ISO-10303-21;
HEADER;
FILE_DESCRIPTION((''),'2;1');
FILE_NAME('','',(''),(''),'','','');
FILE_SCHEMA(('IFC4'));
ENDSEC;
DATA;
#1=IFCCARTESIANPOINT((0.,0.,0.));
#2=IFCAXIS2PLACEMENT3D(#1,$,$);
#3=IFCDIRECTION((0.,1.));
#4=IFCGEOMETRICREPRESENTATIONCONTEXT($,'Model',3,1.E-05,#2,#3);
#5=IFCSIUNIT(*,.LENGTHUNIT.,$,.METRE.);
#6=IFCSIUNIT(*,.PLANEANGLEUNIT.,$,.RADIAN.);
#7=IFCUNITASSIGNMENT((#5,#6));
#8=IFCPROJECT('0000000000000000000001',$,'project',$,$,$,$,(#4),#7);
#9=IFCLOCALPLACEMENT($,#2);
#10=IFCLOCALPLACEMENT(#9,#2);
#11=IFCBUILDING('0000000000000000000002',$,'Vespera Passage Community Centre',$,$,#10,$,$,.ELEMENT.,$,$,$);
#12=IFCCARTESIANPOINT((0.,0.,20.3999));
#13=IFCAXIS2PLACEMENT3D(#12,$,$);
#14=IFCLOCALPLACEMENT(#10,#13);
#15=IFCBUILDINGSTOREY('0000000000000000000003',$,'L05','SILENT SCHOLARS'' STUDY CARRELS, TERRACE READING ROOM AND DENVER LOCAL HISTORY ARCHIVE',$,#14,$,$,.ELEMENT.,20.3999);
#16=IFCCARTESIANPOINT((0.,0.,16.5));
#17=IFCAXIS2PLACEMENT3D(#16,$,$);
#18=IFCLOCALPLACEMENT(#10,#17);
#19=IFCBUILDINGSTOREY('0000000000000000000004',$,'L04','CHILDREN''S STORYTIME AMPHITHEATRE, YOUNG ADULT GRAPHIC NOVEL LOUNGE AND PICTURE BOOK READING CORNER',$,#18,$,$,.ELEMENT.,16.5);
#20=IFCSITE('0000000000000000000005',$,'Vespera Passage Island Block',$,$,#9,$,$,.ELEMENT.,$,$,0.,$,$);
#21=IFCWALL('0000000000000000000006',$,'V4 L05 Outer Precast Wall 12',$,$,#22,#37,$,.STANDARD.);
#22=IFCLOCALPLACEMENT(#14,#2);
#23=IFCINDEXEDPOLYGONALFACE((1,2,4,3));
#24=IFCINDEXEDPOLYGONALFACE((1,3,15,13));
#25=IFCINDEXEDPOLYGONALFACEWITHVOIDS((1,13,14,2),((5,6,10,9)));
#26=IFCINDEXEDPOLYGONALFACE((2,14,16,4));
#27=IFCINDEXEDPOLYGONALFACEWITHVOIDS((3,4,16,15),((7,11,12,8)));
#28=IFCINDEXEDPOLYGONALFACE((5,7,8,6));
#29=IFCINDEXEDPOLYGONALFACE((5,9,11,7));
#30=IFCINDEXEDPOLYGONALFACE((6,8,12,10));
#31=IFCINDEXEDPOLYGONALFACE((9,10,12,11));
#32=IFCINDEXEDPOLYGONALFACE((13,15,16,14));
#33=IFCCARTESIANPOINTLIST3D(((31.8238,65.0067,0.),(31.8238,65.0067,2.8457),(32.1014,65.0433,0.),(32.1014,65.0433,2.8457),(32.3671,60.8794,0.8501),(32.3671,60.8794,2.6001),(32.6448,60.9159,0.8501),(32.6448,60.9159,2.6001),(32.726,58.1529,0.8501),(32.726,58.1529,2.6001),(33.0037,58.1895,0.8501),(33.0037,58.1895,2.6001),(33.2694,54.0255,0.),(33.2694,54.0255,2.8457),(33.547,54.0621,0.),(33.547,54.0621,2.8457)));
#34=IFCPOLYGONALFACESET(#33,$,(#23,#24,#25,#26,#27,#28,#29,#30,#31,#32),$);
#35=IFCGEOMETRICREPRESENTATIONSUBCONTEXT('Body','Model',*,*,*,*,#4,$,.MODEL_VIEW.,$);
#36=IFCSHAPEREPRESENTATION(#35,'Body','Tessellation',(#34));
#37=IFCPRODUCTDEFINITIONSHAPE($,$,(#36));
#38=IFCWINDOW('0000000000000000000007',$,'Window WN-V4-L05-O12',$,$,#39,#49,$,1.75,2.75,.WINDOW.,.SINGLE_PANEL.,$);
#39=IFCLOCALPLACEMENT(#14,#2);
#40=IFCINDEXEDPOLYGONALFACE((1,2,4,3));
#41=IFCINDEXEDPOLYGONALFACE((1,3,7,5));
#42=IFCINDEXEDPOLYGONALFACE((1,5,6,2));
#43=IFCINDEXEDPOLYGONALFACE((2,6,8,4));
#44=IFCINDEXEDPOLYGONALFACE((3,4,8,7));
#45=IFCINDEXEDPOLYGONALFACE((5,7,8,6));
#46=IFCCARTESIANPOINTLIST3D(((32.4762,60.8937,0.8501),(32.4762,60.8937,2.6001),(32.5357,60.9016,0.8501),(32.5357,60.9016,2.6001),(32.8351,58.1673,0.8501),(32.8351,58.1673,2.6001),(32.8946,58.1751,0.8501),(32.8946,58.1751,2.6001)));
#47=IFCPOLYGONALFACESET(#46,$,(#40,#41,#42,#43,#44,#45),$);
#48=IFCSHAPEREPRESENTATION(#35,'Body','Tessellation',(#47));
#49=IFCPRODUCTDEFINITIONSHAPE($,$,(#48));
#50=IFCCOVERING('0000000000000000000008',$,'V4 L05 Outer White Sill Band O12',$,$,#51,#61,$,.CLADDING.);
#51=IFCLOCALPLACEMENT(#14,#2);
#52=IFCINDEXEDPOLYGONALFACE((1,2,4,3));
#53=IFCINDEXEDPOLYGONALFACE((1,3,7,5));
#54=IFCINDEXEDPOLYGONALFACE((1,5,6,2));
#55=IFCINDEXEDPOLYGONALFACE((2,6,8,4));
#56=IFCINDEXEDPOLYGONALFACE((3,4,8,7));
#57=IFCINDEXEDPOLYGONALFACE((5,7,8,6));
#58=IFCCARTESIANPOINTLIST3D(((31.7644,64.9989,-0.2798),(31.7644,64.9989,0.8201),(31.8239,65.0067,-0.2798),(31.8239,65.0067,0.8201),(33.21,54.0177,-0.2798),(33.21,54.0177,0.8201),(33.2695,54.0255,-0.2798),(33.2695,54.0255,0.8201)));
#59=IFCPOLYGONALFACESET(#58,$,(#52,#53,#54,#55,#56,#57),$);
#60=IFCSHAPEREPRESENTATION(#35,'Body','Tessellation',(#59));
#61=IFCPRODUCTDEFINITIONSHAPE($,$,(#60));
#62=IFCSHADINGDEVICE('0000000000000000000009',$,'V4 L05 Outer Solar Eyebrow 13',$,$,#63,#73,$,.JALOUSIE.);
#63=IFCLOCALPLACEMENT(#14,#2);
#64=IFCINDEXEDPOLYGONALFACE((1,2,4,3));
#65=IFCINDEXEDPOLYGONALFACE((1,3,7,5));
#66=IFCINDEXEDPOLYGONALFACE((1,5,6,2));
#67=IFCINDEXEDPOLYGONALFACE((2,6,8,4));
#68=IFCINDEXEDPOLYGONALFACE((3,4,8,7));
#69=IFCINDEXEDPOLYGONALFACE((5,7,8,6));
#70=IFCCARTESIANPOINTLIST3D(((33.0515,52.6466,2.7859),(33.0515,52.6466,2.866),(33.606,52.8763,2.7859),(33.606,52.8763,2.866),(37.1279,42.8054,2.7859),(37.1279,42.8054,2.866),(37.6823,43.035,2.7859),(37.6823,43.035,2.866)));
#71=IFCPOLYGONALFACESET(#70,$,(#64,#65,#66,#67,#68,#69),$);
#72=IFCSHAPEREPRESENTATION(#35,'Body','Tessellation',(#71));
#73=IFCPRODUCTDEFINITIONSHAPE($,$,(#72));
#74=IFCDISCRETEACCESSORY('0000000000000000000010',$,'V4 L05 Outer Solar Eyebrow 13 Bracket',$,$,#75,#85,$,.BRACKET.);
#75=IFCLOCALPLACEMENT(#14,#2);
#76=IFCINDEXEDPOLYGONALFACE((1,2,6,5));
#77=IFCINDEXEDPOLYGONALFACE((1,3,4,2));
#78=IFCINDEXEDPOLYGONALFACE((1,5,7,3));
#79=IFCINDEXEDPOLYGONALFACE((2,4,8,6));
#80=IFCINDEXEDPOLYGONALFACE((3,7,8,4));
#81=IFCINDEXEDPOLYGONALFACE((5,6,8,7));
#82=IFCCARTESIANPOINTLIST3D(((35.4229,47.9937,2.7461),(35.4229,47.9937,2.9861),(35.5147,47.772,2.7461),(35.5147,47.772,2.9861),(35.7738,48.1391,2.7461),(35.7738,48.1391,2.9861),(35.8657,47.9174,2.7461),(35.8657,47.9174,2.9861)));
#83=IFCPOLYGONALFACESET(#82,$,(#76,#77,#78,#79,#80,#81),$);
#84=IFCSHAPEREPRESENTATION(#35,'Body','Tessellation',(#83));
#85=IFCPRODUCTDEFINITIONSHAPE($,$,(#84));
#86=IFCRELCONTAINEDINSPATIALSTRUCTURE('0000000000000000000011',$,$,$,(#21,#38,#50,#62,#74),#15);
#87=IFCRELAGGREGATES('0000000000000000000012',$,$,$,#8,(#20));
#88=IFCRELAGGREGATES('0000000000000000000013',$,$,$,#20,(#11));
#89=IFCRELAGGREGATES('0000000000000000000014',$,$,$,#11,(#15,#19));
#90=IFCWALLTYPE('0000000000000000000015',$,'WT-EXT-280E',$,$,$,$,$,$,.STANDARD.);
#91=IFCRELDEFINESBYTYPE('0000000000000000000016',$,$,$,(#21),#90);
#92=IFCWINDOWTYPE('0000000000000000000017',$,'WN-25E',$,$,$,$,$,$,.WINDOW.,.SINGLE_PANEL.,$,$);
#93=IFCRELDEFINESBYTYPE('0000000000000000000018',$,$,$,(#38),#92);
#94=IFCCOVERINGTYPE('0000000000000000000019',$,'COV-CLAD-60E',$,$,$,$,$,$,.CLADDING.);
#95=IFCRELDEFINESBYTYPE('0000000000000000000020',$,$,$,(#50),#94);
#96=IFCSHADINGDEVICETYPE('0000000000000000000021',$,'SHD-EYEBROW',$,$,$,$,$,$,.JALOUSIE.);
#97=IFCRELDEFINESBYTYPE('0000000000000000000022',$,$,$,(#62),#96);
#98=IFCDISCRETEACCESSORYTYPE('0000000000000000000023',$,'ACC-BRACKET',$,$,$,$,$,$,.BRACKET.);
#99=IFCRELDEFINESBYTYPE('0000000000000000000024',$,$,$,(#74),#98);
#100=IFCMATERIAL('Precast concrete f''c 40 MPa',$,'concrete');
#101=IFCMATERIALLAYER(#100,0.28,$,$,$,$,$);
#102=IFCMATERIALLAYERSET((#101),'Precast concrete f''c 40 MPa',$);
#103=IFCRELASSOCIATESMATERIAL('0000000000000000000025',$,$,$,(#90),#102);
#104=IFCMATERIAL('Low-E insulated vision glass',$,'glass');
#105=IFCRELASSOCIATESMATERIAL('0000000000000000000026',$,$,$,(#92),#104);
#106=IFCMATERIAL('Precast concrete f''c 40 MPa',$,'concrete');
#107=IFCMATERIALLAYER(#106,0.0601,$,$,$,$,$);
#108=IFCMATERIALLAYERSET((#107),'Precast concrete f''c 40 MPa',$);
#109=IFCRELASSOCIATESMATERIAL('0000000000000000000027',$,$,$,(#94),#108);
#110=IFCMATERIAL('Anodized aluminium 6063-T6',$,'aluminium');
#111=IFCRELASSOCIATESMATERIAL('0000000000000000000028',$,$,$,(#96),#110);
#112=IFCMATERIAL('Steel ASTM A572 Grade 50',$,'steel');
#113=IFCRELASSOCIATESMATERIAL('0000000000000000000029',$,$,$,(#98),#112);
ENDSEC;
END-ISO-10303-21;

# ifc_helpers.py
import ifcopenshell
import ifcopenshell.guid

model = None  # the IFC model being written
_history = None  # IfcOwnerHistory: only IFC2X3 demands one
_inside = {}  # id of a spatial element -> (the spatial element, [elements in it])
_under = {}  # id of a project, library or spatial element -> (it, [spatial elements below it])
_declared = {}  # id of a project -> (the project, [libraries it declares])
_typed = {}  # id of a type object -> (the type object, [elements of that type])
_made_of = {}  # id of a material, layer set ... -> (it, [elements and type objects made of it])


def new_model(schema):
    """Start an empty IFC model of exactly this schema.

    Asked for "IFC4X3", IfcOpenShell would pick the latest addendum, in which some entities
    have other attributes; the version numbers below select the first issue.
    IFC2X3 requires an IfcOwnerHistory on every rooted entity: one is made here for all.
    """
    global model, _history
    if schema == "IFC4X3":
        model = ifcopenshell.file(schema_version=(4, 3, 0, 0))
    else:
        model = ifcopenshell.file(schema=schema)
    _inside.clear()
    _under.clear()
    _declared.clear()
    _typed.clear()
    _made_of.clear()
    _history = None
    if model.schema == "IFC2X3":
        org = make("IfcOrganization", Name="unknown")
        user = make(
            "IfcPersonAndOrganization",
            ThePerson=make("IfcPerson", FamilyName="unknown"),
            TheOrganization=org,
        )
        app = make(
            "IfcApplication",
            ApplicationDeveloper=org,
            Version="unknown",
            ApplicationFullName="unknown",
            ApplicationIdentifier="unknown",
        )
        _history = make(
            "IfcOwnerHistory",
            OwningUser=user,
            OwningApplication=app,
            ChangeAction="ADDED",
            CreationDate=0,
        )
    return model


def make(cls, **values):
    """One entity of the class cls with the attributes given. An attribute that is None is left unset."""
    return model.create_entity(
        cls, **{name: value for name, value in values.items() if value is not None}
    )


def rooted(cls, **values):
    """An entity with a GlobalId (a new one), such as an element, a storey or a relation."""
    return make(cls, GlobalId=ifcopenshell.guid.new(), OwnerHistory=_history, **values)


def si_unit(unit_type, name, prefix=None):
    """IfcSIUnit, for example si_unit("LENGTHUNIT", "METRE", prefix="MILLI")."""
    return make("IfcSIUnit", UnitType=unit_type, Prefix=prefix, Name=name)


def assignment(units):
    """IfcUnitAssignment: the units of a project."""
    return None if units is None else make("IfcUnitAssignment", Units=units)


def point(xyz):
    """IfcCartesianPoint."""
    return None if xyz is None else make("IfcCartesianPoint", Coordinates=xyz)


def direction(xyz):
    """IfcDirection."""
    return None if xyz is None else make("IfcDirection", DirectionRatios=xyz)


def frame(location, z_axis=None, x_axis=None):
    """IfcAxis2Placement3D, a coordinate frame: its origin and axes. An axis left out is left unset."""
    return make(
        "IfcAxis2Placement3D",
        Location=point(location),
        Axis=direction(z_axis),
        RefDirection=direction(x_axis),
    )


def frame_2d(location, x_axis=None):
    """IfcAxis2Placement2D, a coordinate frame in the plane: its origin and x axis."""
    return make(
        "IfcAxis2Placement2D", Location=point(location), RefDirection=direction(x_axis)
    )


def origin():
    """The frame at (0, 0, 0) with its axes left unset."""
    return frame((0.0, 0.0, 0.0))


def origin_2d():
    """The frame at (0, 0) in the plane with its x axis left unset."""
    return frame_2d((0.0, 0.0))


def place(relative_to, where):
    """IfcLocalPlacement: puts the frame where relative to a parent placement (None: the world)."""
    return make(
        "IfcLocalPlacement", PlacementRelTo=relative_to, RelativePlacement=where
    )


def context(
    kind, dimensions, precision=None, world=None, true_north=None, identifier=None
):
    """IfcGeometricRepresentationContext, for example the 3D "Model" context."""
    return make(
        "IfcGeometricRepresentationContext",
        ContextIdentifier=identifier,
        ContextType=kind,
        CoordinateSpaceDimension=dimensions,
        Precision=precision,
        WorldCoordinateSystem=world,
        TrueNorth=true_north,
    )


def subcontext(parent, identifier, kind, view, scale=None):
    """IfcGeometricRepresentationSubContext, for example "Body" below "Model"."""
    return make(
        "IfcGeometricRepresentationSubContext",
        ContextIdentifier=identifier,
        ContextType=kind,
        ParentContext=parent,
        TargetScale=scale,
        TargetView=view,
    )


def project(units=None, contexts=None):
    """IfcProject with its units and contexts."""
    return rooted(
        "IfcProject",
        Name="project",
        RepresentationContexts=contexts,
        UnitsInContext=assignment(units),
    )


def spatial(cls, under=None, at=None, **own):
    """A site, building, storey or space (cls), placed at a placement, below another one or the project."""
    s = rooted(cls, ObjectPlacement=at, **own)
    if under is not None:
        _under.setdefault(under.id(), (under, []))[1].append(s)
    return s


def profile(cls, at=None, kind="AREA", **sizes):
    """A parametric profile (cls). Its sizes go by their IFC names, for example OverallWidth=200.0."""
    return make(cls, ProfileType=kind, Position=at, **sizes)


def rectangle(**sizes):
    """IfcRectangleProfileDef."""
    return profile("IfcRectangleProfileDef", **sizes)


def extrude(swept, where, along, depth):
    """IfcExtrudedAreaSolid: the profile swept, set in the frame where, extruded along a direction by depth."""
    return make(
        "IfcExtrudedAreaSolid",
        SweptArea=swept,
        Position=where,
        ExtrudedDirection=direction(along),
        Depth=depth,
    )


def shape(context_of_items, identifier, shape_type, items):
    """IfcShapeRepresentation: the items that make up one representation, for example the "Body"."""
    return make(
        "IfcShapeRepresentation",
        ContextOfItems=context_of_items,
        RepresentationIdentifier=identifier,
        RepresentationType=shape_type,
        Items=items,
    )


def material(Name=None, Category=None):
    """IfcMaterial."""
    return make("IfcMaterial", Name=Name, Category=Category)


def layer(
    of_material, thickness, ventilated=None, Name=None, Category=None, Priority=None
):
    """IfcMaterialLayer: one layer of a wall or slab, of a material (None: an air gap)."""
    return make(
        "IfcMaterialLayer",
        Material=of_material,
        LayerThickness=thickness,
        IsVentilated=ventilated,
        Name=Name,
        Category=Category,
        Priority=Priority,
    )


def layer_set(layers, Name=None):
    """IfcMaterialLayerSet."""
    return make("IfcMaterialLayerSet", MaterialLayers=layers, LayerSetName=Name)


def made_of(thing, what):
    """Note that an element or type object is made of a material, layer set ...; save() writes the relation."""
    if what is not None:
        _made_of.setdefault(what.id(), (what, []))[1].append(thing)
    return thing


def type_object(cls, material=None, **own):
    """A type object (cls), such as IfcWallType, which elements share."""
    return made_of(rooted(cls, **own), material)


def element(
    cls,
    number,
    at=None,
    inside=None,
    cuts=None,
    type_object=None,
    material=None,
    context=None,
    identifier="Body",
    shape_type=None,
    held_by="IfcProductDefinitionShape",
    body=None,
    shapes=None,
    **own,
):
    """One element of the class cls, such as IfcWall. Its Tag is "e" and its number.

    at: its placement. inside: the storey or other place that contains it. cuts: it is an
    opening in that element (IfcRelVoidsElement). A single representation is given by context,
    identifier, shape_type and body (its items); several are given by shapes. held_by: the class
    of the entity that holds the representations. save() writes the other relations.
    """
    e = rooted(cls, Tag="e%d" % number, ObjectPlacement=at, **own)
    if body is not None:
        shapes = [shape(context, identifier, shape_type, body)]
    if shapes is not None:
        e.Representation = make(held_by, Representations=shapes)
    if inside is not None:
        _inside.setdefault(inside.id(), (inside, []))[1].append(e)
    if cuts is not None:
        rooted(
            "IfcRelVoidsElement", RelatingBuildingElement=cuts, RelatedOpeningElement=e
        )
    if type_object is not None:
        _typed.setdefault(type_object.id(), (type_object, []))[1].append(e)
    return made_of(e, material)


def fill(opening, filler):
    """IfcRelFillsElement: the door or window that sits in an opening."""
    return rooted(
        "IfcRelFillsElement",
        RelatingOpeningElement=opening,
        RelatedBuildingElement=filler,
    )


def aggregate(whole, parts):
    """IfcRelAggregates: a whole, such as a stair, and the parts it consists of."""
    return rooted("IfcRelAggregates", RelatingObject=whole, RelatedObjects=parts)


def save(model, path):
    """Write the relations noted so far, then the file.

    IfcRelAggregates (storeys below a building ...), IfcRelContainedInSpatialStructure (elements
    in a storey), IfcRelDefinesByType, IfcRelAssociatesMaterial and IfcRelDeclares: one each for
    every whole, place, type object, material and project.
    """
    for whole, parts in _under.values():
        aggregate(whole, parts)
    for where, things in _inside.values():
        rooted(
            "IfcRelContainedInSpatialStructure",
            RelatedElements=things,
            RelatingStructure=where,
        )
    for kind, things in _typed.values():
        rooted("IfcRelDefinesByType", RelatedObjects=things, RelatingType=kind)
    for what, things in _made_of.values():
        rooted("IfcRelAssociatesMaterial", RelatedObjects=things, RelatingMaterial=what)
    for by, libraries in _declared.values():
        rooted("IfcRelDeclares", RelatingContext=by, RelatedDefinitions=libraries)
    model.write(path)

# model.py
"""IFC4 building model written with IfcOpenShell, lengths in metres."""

from ifc_helpers import new_model, si_unit, direction, frame, frame_2d, origin, origin_2d, place, context, subcontext, project, spatial, rectangle, extrude, material, layer, layer_set, type_object, element, fill, save


model = new_model("IFC4")

# Units and contexts
model_context = context("Model", 3, precision=1e-05, world=origin(), true_north=direction((0.0, 1.0)))
body_context = subcontext(model_context, "Body", "Model", "MODEL_VIEW")
ifc_project = project(units=[si_unit("LENGTHUNIT", "METRE"), si_unit("PLANEANGLEUNIT", "RADIAN")], contexts=[model_context])

# Site, building, storey
site_placement = place(None, origin())
site = spatial("IfcSite", under=ifc_project, at=site_placement, Name="Vespera Passage Island Block", CompositionType="ELEMENT", RefElevation=0.0)
building_placement = place(site_placement, origin())
building = spatial("IfcBuilding", under=site, at=building_placement, Name="Vespera Passage Community Centre", CompositionType="ELEMENT")
storey_1_placement = place(building_placement, frame((0.0, 0.0, 20.3999)))
storey_1 = spatial("IfcBuildingStorey", under=building, at=storey_1_placement, Name="L05", Description="SILENT SCHOLARS' STUDY CARRELS, TERRACE READING ROOM AND DENVER LOCAL HISTORY ARCHIVE", CompositionType="ELEMENT", Elevation=20.3999)

# Shared definitions
storey_2_placement = place(building_placement, frame((0.0, 0.0, 16.5)))
storey_2 = spatial("IfcBuildingStorey", under=building, at=storey_2_placement, Name="L04", Description="CHILDREN'S STORYTIME AMPHITHEATRE, YOUNG ADULT GRAPHIC NOVEL LOUNGE AND PICTURE BOOK READING CORNER", CompositionType="ELEMENT", Elevation=16.5)

# Wall, opening, window
ifc_material_1 = material(Name="Precast concrete f'c 40 MPa", Category="concrete")
ifc_layer_1 = layer(ifc_material_1, 0.28)
ifc_layer_set_1 = layer_set([ifc_layer_1], Name="Precast concrete f'c 40 MPa")
wall_type = type_object("IfcWallType", Name="WT-EXT-280E", PredefinedType="STANDARD", material=ifc_layer_set_1)
wall_placement = place(storey_1_placement, frame((33.4082, 54.0437, 0.0), z_axis=(0.0, 0.0, 1.0), x_axis=(-0.130513, 0.991447, 0.0)))
wall = element("IfcWall", 1, at=wall_placement, inside=storey_1, type_object=wall_type, Name="V4 L05 Outer Precast Wall 12", PredefinedType="STANDARD", context=body_context, shape_type="SweptSolid", body=[
    extrude(rectangle(XDim=11.0759, YDim=0.28, at=frame_2d((5.5381, 0.0))), origin(), (0.0, 0.0, 1.0), 2.8457),
])
opening_placement = place(wall_placement, frame((4.1631, 0.0, 0.8501)))
opening = element("IfcOpeningElement", 2, at=opening_placement, cuts=wall, PredefinedType="OPENING", context=body_context, shape_type="SweptSolid", body=[
    extrude(rectangle(XDim=2.75, YDim=1.75, at=frame_2d((1.375, 0.875))), frame((0.0, 0.1501, 0.0), z_axis=(0.0, -1.0, 0.0), x_axis=(1.0, 0.0, 0.0)), (0.0, 0.0, 1.0), 0.3),
])
ifc_material_2 = material(Name="Low-E insulated vision glass", Category="glass")
window_type = type_object("IfcWindowType", Name="WN-25E", PartitioningType="SINGLE_PANEL", PredefinedType="WINDOW", material=ifc_material_2)
window_placement = place(opening_placement, origin())
window = element("IfcWindow", 3, at=window_placement, inside=storey_1, type_object=window_type, Name="Window WN-V4-L05-O12", OverallHeight=1.75, OverallWidth=2.75, PartitioningType="SINGLE_PANEL", PredefinedType="WINDOW", context=body_context, shape_type="SweptSolid", body=[
    extrude(rectangle(XDim=2.75, YDim=1.75, at=frame_2d((1.375, 0.875))), frame((0.0, 0.03, 0.0), z_axis=(0.0, -1.0, 0.0), x_axis=(1.0, 0.0, 0.0)), (0.0, 0.0, 1.0), 0.0601),
])
fill(opening, window)

# Covering
ifc_material_3 = material(Name="Precast concrete f'c 40 MPa", Category="concrete")
ifc_layer_2 = layer(ifc_material_3, 0.0601)
ifc_layer_set_2 = layer_set([ifc_layer_2], Name="Precast concrete f'c 40 MPa")
covering_type = type_object("IfcCoveringType", Name="COV-CLAD-60E", PredefinedType="CLADDING", material=ifc_layer_set_2)
covering_placement = place(storey_1_placement, frame((33.2397, 54.0215, -0.2798), z_axis=(0.0, 0.0, 1.0), x_axis=(-0.130513, 0.991447, 0.0)))
element("IfcCovering", 4, at=covering_placement, inside=storey_1, type_object=covering_type, Name="V4 L05 Outer White Sill Band O12", PredefinedType="CLADDING", context=body_context, shape_type="SweptSolid", body=[
    extrude(rectangle(XDim=11.0759, YDim=0.0601, at=frame_2d((5.5381, 0.0))), origin(), (0.0, 0.0, 1.0), 1.0999),
])

# Shading device
ifc_material_4 = material(Name="Anodized aluminium 6063-T6", Category="aluminium")
shading_device_type = type_object("IfcShadingDeviceType", Name="SHD-EYEBROW", PredefinedType="JALOUSIE", material=ifc_material_4)
shading_device_placement = place(storey_1_placement, frame((35.3669, 47.8408, 2.7859), z_axis=(0.0, 0.0, 1.0), x_axis=(-0.382683, 0.92388, 0.0)))
element("IfcShadingDevice", 5, at=shading_device_placement, inside=storey_1, type_object=shading_device_type, Name="V4 L05 Outer Solar Eyebrow 13", PredefinedType="JALOUSIE", context=body_context, shape_type="SweptSolid", body=[
    extrude(rectangle(XDim=10.6521, YDim=0.6001, at=origin_2d()), origin(), (0.0, 0.0, 1.0), 0.0801),
])

# Discrete accessory
ifc_material_5 = material(Name="Steel ASTM A572 Grade 50", Category="steel")
discrete_accessory_type = type_object("IfcDiscreteAccessoryType", Name="ACC-BRACKET", PredefinedType="BRACKET", material=ifc_material_5)
discrete_accessory_placement = place(storey_1_placement, frame((35.6443, 47.9556, 2.7461), z_axis=(0.0, 0.0, 1.0), x_axis=(-0.382683, 0.92388, 0.0)))
element("IfcDiscreteAccessory", 6, at=discrete_accessory_placement, inside=storey_1, type_object=discrete_accessory_type, Name="V4 L05 Outer Solar Eyebrow 13 Bracket", PredefinedType="BRACKET", context=body_context, shape_type="SweptSolid", body=[
    extrude(rectangle(XDim=0.24, YDim=0.3799, at=origin_2d()), origin(), (0.0, 0.0, 1.0), 0.24),
])

save(model, "model.ifc")
